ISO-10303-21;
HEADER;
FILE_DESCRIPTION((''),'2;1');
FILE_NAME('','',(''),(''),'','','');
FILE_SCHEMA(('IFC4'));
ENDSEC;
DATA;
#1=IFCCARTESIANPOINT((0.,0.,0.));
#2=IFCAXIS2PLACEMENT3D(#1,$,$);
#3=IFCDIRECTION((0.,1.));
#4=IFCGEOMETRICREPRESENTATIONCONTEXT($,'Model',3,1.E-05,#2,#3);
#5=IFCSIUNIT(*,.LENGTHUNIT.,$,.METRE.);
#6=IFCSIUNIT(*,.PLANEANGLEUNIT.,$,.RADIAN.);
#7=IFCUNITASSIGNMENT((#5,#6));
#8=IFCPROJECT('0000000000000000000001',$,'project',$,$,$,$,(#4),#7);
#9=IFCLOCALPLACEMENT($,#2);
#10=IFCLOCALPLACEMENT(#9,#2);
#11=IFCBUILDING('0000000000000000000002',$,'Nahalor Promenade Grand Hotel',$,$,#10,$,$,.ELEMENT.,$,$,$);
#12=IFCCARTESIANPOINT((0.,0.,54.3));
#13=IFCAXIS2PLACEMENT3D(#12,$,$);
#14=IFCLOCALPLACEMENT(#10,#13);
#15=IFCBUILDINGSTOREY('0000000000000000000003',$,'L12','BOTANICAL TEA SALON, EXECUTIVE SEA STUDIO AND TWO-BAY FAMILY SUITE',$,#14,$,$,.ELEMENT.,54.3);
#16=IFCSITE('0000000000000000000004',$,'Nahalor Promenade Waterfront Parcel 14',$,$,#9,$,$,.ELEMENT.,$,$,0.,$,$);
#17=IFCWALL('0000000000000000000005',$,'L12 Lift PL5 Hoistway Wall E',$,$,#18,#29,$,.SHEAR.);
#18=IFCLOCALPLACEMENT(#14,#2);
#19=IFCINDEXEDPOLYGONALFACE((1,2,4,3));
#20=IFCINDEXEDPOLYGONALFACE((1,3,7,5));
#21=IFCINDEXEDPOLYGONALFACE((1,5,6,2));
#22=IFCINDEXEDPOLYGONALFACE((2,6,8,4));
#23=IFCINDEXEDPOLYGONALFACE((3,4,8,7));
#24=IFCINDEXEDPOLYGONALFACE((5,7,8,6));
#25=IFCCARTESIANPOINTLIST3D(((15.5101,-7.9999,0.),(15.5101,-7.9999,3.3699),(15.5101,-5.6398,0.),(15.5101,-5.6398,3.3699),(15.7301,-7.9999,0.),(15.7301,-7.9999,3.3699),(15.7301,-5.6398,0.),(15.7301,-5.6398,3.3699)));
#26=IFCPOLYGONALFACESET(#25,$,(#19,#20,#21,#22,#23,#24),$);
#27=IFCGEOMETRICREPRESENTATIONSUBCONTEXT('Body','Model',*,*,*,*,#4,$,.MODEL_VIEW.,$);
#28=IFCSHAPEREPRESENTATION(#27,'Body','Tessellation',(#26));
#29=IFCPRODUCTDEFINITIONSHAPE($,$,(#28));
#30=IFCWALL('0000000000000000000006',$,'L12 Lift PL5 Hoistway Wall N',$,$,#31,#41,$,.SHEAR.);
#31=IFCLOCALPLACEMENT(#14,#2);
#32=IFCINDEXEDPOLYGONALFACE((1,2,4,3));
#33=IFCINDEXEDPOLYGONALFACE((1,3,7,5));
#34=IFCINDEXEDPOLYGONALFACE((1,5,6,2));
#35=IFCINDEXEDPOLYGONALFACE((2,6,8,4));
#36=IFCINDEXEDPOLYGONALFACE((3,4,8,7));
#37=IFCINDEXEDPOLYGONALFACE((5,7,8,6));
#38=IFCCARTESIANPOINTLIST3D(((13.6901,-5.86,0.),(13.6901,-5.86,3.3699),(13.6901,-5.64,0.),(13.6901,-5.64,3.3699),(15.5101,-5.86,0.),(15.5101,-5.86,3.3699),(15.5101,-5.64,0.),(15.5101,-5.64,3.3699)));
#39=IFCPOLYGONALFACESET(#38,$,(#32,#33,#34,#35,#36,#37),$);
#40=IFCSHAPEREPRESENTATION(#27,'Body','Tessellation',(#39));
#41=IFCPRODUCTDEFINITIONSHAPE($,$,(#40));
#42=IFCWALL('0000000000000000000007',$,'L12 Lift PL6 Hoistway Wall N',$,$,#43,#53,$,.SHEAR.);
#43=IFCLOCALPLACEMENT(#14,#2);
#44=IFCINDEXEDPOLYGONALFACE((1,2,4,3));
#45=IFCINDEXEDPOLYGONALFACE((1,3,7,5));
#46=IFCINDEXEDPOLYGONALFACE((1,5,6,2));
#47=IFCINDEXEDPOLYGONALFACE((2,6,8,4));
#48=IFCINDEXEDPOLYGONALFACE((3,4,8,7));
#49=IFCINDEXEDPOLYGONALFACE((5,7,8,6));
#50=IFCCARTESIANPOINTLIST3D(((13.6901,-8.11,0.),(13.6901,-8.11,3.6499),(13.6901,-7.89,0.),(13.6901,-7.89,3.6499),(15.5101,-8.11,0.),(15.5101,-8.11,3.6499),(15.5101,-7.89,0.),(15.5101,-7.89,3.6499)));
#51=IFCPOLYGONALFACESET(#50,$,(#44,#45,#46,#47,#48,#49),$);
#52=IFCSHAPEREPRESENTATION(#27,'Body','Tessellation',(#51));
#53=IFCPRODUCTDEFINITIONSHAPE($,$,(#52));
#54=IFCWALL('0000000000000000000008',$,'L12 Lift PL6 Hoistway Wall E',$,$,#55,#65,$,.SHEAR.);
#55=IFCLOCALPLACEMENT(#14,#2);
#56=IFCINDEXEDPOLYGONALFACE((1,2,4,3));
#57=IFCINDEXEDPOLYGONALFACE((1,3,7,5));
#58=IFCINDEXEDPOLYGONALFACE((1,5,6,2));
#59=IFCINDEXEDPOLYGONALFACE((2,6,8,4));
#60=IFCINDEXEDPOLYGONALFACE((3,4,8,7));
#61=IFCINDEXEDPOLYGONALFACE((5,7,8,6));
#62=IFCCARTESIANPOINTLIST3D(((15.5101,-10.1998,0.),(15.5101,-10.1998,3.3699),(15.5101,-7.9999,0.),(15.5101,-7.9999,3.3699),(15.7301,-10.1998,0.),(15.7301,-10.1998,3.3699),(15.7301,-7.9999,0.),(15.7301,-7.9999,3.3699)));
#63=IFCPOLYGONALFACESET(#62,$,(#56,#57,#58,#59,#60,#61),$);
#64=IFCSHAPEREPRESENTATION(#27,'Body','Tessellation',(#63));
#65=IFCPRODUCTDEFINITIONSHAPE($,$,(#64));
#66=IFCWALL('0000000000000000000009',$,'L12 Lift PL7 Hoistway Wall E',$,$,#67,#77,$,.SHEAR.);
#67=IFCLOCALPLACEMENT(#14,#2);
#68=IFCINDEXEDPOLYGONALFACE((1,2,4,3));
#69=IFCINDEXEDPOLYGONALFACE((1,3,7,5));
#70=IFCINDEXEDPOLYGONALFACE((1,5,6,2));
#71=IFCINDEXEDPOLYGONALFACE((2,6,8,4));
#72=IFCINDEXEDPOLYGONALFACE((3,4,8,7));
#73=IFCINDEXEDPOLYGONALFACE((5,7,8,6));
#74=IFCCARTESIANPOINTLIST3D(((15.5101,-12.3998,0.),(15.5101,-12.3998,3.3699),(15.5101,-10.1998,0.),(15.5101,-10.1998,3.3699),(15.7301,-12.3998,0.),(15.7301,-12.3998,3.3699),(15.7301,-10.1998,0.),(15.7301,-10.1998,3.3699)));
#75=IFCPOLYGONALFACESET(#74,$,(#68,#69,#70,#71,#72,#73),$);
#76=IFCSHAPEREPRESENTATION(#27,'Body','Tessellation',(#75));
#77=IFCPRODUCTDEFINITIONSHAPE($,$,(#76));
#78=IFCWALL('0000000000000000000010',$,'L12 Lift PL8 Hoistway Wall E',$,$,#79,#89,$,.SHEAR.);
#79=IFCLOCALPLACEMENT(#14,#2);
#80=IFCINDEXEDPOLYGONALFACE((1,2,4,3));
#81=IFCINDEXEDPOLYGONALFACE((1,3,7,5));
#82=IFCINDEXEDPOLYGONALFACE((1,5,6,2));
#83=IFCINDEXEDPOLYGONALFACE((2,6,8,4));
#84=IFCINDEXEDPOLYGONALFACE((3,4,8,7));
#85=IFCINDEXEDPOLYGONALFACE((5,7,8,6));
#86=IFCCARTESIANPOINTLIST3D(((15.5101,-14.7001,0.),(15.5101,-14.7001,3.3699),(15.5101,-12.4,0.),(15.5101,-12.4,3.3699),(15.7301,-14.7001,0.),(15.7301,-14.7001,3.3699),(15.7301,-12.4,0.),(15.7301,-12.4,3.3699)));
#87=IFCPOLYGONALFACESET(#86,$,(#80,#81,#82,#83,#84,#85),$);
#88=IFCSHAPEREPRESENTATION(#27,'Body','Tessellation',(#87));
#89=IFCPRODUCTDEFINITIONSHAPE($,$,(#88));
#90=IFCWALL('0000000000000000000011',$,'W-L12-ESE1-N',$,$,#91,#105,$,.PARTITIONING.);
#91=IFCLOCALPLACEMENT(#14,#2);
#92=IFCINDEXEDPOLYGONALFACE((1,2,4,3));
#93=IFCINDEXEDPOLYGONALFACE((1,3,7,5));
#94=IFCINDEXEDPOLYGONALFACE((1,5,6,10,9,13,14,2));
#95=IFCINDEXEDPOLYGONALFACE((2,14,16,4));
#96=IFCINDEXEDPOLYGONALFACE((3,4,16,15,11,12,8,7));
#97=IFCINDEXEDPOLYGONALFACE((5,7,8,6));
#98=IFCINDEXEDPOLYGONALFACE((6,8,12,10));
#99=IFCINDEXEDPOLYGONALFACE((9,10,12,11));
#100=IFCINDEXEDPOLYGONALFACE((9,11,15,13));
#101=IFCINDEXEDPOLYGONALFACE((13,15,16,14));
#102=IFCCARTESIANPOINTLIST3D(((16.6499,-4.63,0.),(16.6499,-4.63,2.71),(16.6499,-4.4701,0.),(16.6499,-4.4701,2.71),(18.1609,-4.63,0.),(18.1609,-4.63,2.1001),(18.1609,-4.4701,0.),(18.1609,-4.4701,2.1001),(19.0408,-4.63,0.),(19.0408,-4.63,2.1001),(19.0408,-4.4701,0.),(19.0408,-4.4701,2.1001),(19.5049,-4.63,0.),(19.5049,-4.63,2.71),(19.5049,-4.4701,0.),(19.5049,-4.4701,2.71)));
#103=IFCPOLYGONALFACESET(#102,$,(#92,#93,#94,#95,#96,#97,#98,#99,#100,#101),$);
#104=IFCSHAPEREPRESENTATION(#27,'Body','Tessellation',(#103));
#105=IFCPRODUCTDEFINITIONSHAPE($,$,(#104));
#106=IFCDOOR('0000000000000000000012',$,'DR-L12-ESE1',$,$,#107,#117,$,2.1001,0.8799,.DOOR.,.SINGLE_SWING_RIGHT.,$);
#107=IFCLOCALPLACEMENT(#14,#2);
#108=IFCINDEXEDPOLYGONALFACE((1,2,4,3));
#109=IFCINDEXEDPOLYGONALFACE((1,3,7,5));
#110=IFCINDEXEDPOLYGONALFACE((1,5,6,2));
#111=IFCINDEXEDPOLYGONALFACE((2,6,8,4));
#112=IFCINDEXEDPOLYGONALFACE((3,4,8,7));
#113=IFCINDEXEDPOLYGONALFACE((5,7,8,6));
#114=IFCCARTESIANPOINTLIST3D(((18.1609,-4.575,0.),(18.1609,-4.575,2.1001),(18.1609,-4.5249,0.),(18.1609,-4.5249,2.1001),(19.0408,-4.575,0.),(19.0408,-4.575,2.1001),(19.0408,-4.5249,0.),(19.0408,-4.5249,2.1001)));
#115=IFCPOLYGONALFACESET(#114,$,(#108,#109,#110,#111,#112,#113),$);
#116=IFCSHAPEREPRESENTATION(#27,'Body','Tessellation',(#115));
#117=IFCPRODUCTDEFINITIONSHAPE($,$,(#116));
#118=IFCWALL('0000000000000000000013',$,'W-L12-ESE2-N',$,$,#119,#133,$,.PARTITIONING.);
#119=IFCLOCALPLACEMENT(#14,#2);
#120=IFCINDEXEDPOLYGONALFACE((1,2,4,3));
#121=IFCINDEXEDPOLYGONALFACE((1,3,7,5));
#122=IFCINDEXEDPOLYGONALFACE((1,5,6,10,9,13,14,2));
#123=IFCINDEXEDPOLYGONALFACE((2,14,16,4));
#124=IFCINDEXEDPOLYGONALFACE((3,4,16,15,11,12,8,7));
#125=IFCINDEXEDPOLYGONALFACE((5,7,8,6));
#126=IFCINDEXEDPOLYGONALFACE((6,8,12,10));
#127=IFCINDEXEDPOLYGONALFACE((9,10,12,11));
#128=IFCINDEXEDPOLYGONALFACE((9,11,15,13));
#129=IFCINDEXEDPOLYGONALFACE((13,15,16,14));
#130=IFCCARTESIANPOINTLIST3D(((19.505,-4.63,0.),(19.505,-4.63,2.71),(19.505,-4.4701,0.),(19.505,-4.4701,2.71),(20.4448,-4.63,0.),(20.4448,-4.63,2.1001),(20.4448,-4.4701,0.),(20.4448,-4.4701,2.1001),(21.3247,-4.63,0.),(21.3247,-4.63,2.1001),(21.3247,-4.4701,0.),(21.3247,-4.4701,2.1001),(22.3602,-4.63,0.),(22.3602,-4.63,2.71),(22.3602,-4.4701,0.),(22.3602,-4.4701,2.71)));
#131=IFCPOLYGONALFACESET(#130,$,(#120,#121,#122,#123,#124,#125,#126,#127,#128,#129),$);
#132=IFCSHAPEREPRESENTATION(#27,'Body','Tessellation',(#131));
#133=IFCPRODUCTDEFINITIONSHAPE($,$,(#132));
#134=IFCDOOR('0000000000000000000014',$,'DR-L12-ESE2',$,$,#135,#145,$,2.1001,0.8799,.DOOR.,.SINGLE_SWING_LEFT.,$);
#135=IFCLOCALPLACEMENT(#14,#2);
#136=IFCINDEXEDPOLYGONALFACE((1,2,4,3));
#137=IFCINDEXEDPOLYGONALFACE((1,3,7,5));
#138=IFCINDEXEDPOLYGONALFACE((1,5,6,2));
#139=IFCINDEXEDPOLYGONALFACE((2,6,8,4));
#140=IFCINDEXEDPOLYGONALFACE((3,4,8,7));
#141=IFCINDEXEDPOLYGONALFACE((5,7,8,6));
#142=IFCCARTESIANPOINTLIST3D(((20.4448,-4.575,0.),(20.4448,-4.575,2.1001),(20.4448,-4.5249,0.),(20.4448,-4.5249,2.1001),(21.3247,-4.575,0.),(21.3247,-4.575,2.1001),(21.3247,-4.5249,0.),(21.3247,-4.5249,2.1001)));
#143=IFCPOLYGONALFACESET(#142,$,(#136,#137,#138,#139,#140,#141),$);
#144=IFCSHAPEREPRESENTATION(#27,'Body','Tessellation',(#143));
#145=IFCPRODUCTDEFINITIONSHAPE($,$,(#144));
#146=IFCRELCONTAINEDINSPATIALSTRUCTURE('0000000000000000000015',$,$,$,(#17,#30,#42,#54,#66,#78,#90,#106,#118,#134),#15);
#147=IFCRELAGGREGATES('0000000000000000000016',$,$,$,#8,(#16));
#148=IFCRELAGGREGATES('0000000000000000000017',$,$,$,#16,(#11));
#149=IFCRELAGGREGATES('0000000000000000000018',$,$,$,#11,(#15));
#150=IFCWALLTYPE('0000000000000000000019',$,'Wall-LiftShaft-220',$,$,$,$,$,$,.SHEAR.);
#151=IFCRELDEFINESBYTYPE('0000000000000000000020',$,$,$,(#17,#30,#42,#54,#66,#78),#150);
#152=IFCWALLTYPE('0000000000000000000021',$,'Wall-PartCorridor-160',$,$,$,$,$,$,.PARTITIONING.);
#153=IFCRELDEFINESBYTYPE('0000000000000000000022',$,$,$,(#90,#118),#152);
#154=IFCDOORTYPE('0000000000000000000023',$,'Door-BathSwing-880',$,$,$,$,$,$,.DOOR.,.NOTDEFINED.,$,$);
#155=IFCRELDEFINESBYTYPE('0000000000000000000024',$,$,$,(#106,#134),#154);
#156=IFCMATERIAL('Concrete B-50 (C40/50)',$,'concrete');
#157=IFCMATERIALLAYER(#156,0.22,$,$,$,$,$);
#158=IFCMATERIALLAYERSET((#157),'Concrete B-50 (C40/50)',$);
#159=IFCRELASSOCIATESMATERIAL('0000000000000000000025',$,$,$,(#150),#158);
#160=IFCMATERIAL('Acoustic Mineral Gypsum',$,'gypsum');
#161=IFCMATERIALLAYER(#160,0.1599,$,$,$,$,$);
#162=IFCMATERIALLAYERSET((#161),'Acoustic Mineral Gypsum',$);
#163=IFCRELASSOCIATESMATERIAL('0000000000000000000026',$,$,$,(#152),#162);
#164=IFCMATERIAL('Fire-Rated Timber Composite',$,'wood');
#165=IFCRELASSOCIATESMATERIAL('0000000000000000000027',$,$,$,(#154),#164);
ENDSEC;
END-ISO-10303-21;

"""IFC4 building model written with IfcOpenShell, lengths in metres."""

from ifc_helpers import new_model, si_unit, direction, frame, frame_2d, origin, place, context, subcontext, project, spatial, rectangle, extrude, source, transform, mapped, material, layer, layer_set, type_object, element, fill, save


model = new_model("IFC4")

# Units and contexts
model_context = context("Model", 3, precision=1e-05, world=origin(), true_north=direction((0.0, 1.0)))
body_context = subcontext(model_context, "Body", "Model", "MODEL_VIEW")
ifc_project = project(units=[si_unit("LENGTHUNIT", "METRE"), si_unit("PLANEANGLEUNIT", "RADIAN")], contexts=[model_context])

# Site, building, storey
site_placement = place(None, origin())
site = spatial("IfcSite", under=ifc_project, at=site_placement, Name="Nahalor Promenade Waterfront Parcel 14", CompositionType="ELEMENT", RefElevation=0.0)
building_placement = place(site_placement, origin())
building = spatial("IfcBuilding", under=site, at=building_placement, Name="Nahalor Promenade Grand Hotel", CompositionType="ELEMENT")
storey_placement = place(building_placement, frame((0.0, 0.0, 54.3)))
storey = spatial("IfcBuildingStorey", under=building, at=storey_placement, Name="L12", Description="BOTANICAL TEA SALON, EXECUTIVE SEA STUDIO AND TWO-BAY FAMILY SUITE", CompositionType="ELEMENT", Elevation=54.3)

# Walls
ifc_material_1 = material(Name="Concrete B-50 (C40/50)", Category="concrete")
ifc_layer_1 = layer(ifc_material_1, 0.22)
ifc_layer_set_1 = layer_set([ifc_layer_1], Name="Concrete B-50 (C40/50)")
wall_type_1 = type_object("IfcWallType", Name="Wall-LiftShaft-220", PredefinedType="SHEAR", material=ifc_layer_set_1)
shared_shape_1 = source(origin(), body_context, "Body", "SweptSolid", [
    extrude(rectangle(XDim=2.3601, YDim=0.22, at=frame_2d((1.1802, 0.0))), origin(), (0.0, 0.0, 1.0), 3.3699),
])
wall_1_placement = place(storey_placement, frame((15.6201, -8.0, 0.0), z_axis=(0.0, 0.0, 1.0), x_axis=(0.0, 1.0, 0.0)))
element("IfcWall", 1, at=wall_1_placement, inside=storey, type_object=wall_type_1, Name="L12 Lift PL5 Hoistway Wall E", PredefinedType="SHEAR", context=body_context, shape_type="MappedRepresentation", body=[
    mapped(shared_shape_1, transform((0.0, 0.0, 0.0), scale=1.0)),
])
shared_shape_2 = source(origin(), body_context, "Body", "SweptSolid", [
    extrude(rectangle(XDim=1.8201, YDim=0.22, at=frame_2d((0.9102, 0.0))), origin(), (0.0, 0.0, 1.0), 3.3699),
])
wall_2_placement = place(storey_placement, frame((13.6899, -5.75, 0.0), z_axis=(0.0, 0.0, 1.0), x_axis=(1.0, 0.0, 0.0)))
element("IfcWall", 2, at=wall_2_placement, inside=storey, type_object=wall_type_1, Name="L12 Lift PL5 Hoistway Wall N", PredefinedType="SHEAR", context=body_context, shape_type="MappedRepresentation", body=[
    mapped(shared_shape_2, transform((0.0, 0.0, 0.0), scale=1.0)),
])
shared_shape_3 = source(origin(), body_context, "Body", "SweptSolid", [
    extrude(rectangle(XDim=1.8201, YDim=0.22, at=frame_2d((0.9102, 0.0))), origin(), (0.0, 0.0, 1.0), 3.6499),
])
wall_3_placement = place(storey_placement, frame((13.6899, -8.0, 0.0), z_axis=(0.0, 0.0, 1.0), x_axis=(1.0, 0.0, 0.0)))
element("IfcWall", 3, at=wall_3_placement, inside=storey, type_object=wall_type_1, Name="L12 Lift PL6 Hoistway Wall N", PredefinedType="SHEAR", context=body_context, shape_type="MappedRepresentation", body=[
    mapped(shared_shape_3, transform((0.0, 0.0, 0.0), scale=1.0)),
])
shared_shape_4 = source(origin(), body_context, "Body", "SweptSolid", [
    extrude(rectangle(XDim=2.2, YDim=0.22, at=frame_2d((1.1001, 0.0))), origin(), (0.0, 0.0, 1.0), 3.3699),
])
for number, where, z_axis, x_axis, name in (
    (4, (15.6201, -10.2, 0.0), (0.0, 0.0, 1.0), (0.0, 1.0, 0.0), "L12 Lift PL6 Hoistway Wall E"),
    (5, (15.6201, -12.3999, 0.0), (0.0, 0.0, 1.0), (0.0, 1.0, 0.0), "L12 Lift PL7 Hoistway Wall E"),
):
    element("IfcWall", number, at=place(storey_placement, frame(where, z_axis=z_axis, x_axis=x_axis)), inside=storey, type_object=wall_type_1, Name=name, PredefinedType="SHEAR", context=body_context, shape_type="MappedRepresentation", body=[
        mapped(shared_shape_4, transform((0.0, 0.0, 0.0), scale=1.0)),
    ])
shared_shape_5 = source(origin(), body_context, "Body", "SweptSolid", [
    extrude(rectangle(XDim=2.3, YDim=0.22, at=frame_2d((1.1499, 0.0))), origin(), (0.0, 0.0, 1.0), 3.3699),
])
wall_4_placement = place(storey_placement, frame((15.6201, -14.7, 0.0), z_axis=(0.0, 0.0, 1.0), x_axis=(0.0, 1.0, 0.0)))
element("IfcWall", 6, at=wall_4_placement, inside=storey, type_object=wall_type_1, Name="L12 Lift PL8 Hoistway Wall E", PredefinedType="SHEAR", context=body_context, shape_type="MappedRepresentation", body=[
    mapped(shared_shape_5, transform((0.0, 0.0, 0.0), scale=1.0)),
])

# Walls, openings, doors
ifc_material_2 = material(Name="Acoustic Mineral Gypsum", Category="gypsum")
ifc_layer_2 = layer(ifc_material_2, 0.1599)
ifc_layer_set_2 = layer_set([ifc_layer_2], Name="Acoustic Mineral Gypsum")
wall_type_2 = type_object("IfcWallType", Name="Wall-PartCorridor-160", PredefinedType="PARTITIONING", material=ifc_layer_set_2)
shared_shape_6 = source(origin(), body_context, "Body", "SweptSolid", [
    extrude(rectangle(XDim=2.855, YDim=0.1599, at=frame_2d((1.4275, 0.0))), origin(), (0.0, 0.0, 1.0), 2.71),
])
wall_5_placement = place(storey_placement, frame((16.6499, -4.55, 0.0), z_axis=(0.0, 0.0, 1.0), x_axis=(1.0, 0.0, 0.0)))
wall_5 = element("IfcWall", 7, at=wall_5_placement, inside=storey, type_object=wall_type_2, Name="W-L12-ESE1-N", PredefinedType="PARTITIONING", context=body_context, shape_type="MappedRepresentation", body=[
    mapped(shared_shape_6, transform((0.0, 0.0, 0.0), scale=1.0)),
])
opening_1_placement = place(wall_5_placement, frame((1.511, 0.0, 0.0)))
opening_1 = element("IfcOpeningElement", 8, at=opening_1_placement, cuts=wall_5, PredefinedType="OPENING", context=body_context, shape_type="SweptSolid", body=[
    extrude(rectangle(XDim=0.8799, YDim=2.1001, at=frame_2d((0.4399, 1.05))), frame((0.0, 0.0898, 0.0), z_axis=(0.0, -1.0, 0.0), x_axis=(1.0, 0.0, 0.0)), (0.0, 0.0, 1.0), 0.1799),
])
ifc_material_3 = material(Name="Fire-Rated Timber Composite", Category="wood")
door_type = type_object("IfcDoorType", Name="Door-BathSwing-880", OperationType="NOTDEFINED", PredefinedType="DOOR", material=ifc_material_3)
shared_shape_7 = source(origin(), body_context, "Body", "SweptSolid", [
    extrude(rectangle(XDim=0.8799, YDim=2.1001, at=frame_2d((0.4399, 1.05))), frame((0.0, 0.0249, 0.0), z_axis=(0.0, -1.0, 0.0), x_axis=(1.0, 0.0, 0.0)), (0.0, 0.0, 1.0), 0.05),
])
door_1_placement = place(opening_1_placement, frame((0.8799, 0.0, 0.0), z_axis=(0.0, 0.0, 1.0), x_axis=(-1.0, 0.0, 0.0)))
door_1 = element("IfcDoor", 9, at=door_1_placement, inside=storey, type_object=door_type, Name="DR-L12-ESE1", OperationType="SINGLE_SWING_RIGHT", OverallHeight=2.1001, OverallWidth=0.8799, PredefinedType="DOOR", context=body_context, shape_type="MappedRepresentation", body=[
    mapped(shared_shape_7, transform((0.0, 0.0, 0.0), scale=1.0)),
])
fill(opening_1, door_1)
shared_shape_8 = source(origin(), body_context, "Body", "SweptSolid", [
    extrude(rectangle(XDim=2.8552, YDim=0.1599, at=frame_2d((1.4277, 0.0))), origin(), (0.0, 0.0, 1.0), 2.71),
])
wall_6_placement = place(storey_placement, frame((19.5049, -4.55, 0.0), z_axis=(0.0, 0.0, 1.0), x_axis=(1.0, 0.0, 0.0)))
wall_6 = element("IfcWall", 10, at=wall_6_placement, inside=storey, type_object=wall_type_2, Name="W-L12-ESE2-N", PredefinedType="PARTITIONING", context=body_context, shape_type="MappedRepresentation", body=[
    mapped(shared_shape_8, transform((0.0, 0.0, 0.0), scale=1.0)),
])
opening_2_placement = place(wall_6_placement, frame((0.9399, 0.0, 0.0)))
opening_2 = element("IfcOpeningElement", 11, at=opening_2_placement, cuts=wall_6, PredefinedType="OPENING", context=body_context, shape_type="SweptSolid", body=[
    extrude(rectangle(XDim=0.8799, YDim=2.1001, at=frame_2d((0.4399, 1.05))), frame((0.0, 0.0898, 0.0), z_axis=(0.0, -1.0, 0.0), x_axis=(1.0, 0.0, 0.0)), (0.0, 0.0, 1.0), 0.1799),
])
door_2_placement = place(opening_2_placement, frame((0.8799, 0.0, 0.0), z_axis=(0.0, 0.0, 1.0), x_axis=(-1.0, 0.0, 0.0)))
door_2 = element("IfcDoor", 12, at=door_2_placement, inside=storey, type_object=door_type, Name="DR-L12-ESE2", OperationType="SINGLE_SWING_LEFT", OverallHeight=2.1001, OverallWidth=0.8799, PredefinedType="DOOR", context=body_context, shape_type="MappedRepresentation", body=[
    mapped(shared_shape_7, transform((0.0, 0.0, 0.0), scale=1.0)),
])
fill(opening_2, door_2)

save(model, "model.ifc")
